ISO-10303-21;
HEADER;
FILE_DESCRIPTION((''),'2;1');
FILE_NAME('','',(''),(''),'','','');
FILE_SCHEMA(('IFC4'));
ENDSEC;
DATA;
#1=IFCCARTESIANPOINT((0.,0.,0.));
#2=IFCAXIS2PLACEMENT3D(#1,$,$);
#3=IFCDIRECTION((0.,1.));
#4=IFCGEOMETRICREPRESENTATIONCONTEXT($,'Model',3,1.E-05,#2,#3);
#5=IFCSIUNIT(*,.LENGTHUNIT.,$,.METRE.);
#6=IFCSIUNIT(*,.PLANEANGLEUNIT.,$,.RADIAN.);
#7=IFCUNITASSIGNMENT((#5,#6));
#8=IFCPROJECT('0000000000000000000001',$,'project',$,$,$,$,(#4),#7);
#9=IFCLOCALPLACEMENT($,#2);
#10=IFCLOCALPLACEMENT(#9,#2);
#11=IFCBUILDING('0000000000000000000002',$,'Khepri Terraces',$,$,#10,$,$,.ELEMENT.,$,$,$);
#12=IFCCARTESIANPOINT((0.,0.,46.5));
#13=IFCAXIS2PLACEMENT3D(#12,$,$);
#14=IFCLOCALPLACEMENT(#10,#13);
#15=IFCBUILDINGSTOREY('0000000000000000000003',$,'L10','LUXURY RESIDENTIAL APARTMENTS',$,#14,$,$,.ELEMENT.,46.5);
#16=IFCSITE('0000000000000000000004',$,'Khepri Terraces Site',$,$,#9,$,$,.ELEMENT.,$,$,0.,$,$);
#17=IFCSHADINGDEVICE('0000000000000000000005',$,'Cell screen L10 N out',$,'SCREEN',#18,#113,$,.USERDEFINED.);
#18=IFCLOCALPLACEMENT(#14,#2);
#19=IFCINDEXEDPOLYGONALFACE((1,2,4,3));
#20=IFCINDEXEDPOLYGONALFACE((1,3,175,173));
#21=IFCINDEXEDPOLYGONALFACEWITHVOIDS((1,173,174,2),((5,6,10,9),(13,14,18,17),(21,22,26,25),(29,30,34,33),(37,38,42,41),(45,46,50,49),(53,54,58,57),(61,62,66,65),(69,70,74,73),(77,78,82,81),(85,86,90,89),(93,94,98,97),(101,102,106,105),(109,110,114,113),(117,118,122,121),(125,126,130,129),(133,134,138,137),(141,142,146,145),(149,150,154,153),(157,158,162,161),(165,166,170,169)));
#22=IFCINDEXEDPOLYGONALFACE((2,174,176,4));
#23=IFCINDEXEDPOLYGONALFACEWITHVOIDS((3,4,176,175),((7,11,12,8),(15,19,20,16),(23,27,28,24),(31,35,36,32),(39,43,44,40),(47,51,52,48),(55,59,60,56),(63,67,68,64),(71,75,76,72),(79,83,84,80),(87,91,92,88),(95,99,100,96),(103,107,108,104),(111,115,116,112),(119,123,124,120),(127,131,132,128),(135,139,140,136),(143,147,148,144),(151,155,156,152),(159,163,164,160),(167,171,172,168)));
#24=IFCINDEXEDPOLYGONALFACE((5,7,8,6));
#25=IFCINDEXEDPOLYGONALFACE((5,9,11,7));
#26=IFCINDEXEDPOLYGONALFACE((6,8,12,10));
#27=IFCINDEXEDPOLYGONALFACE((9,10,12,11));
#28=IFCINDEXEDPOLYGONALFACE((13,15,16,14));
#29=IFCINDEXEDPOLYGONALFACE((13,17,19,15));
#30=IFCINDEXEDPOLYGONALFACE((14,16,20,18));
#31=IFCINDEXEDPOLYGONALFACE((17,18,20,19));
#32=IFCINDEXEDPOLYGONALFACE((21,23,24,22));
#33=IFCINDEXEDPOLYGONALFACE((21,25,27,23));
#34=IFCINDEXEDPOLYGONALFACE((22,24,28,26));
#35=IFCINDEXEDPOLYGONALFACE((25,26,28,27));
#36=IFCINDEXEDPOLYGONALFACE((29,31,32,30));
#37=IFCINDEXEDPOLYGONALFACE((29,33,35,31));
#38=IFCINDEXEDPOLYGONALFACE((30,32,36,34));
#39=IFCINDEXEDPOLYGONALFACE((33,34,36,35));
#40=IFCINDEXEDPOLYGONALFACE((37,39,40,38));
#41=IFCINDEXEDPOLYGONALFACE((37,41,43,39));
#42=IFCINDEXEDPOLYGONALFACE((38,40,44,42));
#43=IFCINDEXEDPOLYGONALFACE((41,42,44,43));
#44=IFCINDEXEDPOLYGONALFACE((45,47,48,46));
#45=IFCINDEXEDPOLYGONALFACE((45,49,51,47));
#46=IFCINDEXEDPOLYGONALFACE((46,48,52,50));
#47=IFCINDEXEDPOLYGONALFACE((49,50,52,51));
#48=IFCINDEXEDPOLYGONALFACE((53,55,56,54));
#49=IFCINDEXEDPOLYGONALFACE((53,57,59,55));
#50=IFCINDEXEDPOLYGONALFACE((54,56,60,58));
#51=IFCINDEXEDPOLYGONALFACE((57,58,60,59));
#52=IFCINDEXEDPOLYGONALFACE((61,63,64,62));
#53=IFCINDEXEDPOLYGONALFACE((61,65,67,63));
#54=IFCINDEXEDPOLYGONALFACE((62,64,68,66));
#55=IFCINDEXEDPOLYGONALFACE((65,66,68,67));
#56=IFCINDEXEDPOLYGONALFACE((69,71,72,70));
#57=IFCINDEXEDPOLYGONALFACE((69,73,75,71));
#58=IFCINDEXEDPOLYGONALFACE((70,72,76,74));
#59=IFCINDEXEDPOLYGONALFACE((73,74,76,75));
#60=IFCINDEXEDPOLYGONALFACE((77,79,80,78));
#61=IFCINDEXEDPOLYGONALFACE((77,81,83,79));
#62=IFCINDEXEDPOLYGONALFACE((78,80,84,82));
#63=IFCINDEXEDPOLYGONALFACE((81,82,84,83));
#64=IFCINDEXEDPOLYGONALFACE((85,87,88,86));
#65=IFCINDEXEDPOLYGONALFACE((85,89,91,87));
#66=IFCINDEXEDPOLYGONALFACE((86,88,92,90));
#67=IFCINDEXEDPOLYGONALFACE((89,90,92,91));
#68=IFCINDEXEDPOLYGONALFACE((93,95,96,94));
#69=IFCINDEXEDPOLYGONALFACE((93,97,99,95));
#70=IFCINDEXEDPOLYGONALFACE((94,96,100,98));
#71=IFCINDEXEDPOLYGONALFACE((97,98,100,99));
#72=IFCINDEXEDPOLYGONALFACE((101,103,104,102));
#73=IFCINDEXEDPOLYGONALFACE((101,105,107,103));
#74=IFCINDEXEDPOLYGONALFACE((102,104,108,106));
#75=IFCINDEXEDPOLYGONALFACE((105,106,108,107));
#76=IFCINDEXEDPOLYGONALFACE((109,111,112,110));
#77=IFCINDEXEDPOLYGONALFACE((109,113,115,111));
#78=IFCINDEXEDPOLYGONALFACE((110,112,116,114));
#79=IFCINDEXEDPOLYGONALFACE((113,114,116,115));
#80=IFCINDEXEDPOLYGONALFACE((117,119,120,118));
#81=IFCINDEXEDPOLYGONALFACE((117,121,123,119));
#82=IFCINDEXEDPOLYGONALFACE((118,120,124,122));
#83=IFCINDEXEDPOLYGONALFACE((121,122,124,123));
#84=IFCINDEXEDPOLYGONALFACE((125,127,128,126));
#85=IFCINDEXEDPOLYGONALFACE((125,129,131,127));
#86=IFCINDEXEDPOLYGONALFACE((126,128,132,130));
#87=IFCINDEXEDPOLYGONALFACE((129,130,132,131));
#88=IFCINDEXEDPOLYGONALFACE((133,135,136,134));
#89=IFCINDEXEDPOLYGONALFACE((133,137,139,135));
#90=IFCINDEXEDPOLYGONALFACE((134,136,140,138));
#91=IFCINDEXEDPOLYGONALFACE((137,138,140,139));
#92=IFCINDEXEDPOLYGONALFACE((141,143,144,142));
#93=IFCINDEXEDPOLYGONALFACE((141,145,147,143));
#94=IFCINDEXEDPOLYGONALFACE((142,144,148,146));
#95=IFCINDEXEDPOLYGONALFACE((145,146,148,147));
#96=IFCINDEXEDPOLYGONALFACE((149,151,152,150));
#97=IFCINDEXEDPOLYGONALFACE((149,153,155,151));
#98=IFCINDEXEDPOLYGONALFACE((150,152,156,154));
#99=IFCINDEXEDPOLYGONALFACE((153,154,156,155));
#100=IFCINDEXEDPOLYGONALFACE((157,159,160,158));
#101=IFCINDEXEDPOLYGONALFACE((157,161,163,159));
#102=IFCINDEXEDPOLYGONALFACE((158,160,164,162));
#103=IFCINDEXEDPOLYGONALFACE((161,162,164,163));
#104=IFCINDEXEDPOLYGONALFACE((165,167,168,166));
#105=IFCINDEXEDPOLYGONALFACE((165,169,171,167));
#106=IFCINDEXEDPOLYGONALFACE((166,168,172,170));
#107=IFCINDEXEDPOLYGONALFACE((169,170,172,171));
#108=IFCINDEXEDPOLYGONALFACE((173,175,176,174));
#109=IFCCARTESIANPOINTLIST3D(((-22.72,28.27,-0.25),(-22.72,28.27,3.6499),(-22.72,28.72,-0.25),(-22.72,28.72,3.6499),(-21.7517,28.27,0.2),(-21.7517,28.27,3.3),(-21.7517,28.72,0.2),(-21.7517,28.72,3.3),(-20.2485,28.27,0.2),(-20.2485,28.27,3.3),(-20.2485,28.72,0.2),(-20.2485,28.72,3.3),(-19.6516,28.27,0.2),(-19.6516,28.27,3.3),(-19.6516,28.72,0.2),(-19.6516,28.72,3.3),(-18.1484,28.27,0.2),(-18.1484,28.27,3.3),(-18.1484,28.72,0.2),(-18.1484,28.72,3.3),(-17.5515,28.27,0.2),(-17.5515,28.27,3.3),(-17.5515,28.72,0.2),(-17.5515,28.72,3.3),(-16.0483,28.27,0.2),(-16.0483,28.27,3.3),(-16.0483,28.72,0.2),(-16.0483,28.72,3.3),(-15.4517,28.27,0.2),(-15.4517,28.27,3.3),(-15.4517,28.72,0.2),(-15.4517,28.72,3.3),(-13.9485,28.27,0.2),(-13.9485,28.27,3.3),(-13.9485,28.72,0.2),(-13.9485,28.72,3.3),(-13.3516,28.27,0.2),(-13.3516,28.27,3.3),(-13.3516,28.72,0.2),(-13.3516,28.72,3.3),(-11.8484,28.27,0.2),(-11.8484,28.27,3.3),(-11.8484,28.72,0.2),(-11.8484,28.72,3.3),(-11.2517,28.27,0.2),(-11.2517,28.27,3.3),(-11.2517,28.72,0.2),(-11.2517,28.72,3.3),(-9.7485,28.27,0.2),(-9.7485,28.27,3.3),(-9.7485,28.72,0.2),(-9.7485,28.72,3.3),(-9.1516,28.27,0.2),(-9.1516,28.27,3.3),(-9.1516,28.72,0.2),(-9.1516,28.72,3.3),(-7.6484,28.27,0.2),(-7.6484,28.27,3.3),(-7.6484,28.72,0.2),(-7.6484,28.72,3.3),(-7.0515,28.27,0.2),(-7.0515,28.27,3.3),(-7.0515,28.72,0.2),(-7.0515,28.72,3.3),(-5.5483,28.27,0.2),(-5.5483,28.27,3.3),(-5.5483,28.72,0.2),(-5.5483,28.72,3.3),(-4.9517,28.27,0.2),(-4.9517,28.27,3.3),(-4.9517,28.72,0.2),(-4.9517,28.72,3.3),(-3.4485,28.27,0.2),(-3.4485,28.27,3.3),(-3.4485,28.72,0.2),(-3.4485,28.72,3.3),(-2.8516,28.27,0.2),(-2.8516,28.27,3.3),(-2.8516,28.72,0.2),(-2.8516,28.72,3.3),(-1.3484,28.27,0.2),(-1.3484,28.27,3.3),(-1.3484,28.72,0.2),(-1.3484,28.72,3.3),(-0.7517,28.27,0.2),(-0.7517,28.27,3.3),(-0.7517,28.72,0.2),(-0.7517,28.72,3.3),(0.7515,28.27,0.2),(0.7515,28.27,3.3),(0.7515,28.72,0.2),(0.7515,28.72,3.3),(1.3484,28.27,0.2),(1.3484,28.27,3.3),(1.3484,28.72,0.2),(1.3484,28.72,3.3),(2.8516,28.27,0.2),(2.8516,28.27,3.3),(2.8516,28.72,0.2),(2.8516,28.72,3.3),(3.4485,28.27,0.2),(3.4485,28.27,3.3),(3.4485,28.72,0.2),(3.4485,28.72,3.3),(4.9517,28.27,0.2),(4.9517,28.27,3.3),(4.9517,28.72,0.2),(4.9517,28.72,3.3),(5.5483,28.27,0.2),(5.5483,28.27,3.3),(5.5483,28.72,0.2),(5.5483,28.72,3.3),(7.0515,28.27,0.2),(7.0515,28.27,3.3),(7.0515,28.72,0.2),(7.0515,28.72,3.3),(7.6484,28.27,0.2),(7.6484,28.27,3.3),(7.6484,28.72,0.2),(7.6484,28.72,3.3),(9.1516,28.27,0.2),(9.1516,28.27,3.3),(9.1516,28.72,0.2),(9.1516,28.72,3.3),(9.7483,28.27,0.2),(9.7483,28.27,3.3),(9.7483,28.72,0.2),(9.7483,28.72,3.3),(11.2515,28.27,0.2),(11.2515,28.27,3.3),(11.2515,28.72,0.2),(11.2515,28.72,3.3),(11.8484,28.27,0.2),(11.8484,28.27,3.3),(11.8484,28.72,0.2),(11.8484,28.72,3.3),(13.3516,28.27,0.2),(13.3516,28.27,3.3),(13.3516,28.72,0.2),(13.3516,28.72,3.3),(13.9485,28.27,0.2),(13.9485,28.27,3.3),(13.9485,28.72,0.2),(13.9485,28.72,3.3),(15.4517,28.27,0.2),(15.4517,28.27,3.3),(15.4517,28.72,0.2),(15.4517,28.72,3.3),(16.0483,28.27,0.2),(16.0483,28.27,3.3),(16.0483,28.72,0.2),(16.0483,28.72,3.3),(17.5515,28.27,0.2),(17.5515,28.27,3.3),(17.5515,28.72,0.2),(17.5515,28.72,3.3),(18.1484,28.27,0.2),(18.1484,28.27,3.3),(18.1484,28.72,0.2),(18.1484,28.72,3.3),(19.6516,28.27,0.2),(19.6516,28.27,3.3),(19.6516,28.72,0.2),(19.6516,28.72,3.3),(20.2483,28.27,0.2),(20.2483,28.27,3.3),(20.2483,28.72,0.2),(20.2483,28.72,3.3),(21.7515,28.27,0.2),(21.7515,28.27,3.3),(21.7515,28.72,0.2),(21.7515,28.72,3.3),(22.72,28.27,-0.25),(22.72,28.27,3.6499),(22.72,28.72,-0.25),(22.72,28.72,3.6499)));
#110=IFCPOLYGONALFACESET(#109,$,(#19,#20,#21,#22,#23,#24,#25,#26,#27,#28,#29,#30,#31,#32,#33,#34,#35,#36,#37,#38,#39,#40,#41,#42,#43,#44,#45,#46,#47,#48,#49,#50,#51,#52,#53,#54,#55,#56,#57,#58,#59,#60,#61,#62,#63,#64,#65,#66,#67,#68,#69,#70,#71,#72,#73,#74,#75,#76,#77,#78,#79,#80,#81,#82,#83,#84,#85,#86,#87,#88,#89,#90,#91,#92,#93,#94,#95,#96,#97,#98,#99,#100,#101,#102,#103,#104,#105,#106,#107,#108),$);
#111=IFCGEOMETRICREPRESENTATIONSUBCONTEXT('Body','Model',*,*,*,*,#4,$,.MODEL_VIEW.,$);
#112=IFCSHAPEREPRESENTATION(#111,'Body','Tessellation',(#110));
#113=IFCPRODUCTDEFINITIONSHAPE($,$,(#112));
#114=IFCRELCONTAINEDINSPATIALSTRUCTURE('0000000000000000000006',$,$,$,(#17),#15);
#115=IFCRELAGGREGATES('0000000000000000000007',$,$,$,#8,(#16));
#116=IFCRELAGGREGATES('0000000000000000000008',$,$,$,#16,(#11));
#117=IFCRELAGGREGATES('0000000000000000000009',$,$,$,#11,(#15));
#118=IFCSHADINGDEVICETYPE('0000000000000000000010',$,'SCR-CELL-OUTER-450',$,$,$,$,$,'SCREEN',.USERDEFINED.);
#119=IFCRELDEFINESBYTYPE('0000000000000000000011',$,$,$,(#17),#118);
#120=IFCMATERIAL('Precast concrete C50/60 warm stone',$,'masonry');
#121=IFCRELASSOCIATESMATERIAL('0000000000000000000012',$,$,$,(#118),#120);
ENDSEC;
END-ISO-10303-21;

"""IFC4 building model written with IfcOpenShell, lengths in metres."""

from ifc_helpers import new_model, si_unit, direction, frame, origin, place, context, subcontext, project, spatial, polyline, outline, extrude, material, type_object, element, save


model = new_model("IFC4")

# Units and contexts
model_context = context("Model", 3, precision=1e-05, world=origin(), true_north=direction((0.0, 1.0)))
body_context = subcontext(model_context, "Body", "Model", "MODEL_VIEW")
ifc_project = project(units=[si_unit("LENGTHUNIT", "METRE"), si_unit("PLANEANGLEUNIT", "RADIAN")], contexts=[model_context])

# Site, building, storey
site_placement = place(None, origin())
site = spatial("IfcSite", under=ifc_project, at=site_placement, Name="Khepri Terraces Site", CompositionType="ELEMENT", RefElevation=0.0)
building_placement = place(site_placement, origin())
building = spatial("IfcBuilding", under=site, at=building_placement, Name="Khepri Terraces", CompositionType="ELEMENT")
storey_placement = place(building_placement, frame((0.0, 0.0, 46.5)))
storey = spatial("IfcBuildingStorey", under=building, at=storey_placement, Name="L10", Description="LUXURY RESIDENTIAL APARTMENTS", CompositionType="ELEMENT", Elevation=46.5)

# Shared definitions
ifc_material_1 = material(Name="Precast concrete C50/60 warm stone", Category="masonry")

# Shading device
shading_device_type_1 = type_object("IfcShadingDeviceType", Name="SCR-CELL-OUTER-450", ElementType="SCREEN", PredefinedType="USERDEFINED", material=ifc_material_1)
shading_device_1_placement = place(storey_placement, frame((22.72, 28.27, -0.25), z_axis=(0.0, 1.0, 0.0), x_axis=(-1.0, 0.0, 0.0)))
element("IfcShadingDevice", 1, at=shading_device_1_placement, inside=storey, type_object=shading_device_type_1, Name="Cell screen L10 N out", ObjectType="SCREEN", PredefinedType="USERDEFINED", context=body_context, shape_type="SweptSolid", body=[
    extrude(outline(polyline([(0.0, 0.0), (45.4399, 0.0), (45.4399, 3.8999), (0.0, 3.8999), (0.0, 0.0)]), holes=[polyline([(0.9685, 0.45), (2.4717, 0.45), (2.4717, 3.55), (0.9685, 3.55), (0.9685, 0.45)]), polyline([(3.0684, 0.45), (4.5715, 0.45), (4.5715, 3.55), (3.0684, 3.55), (3.0684, 0.45)]), polyline([(5.1685, 0.45), (6.6716, 0.45), (6.6716, 3.55), (5.1685, 3.55), (5.1685, 0.45)]), polyline([(7.2683, 0.45), (8.7715, 0.45), (8.7715, 3.55), (7.2683, 3.55), (7.2683, 0.45)]), polyline([(9.3684, 0.45), (10.8716, 0.45), (10.8716, 3.55), (9.3684, 3.55), (9.3684, 0.45)]), polyline([(11.4685, 0.45), (12.9717, 0.45), (12.9717, 3.55), (11.4685, 3.55), (11.4685, 0.45)]), polyline([(13.5684, 0.45), (15.0715, 0.45), (15.0715, 3.55), (13.5684, 3.55), (13.5684, 0.45)]), polyline([(15.6685, 0.45), (17.1716, 0.45), (17.1716, 3.55), (15.6685, 3.55), (15.6685, 0.45)]), polyline([(17.7683, 0.45), (19.2715, 0.45), (19.2715, 3.55), (17.7683, 3.55), (17.7683, 0.45)]), polyline([(19.8684, 0.45), (21.3716, 0.45), (21.3716, 3.55), (19.8684, 3.55), (19.8684, 0.45)]), polyline([(21.9685, 0.45), (23.4717, 0.45), (23.4717, 3.55), (21.9685, 3.55), (21.9685, 0.45)]), polyline([(24.0684, 0.45), (25.5715, 0.45), (25.5715, 3.55), (24.0684, 3.55), (24.0684, 0.45)]), polyline([(26.1685, 0.45), (27.6716, 0.45), (27.6716, 3.55), (26.1685, 3.55), (26.1685, 0.45)]), polyline([(28.2683, 0.45), (29.7715, 0.45), (29.7715, 3.55), (28.2683, 3.55), (28.2683, 0.45)]), polyline([(30.3684, 0.45), (31.8716, 0.45), (31.8716, 3.55), (30.3684, 3.55), (30.3684, 0.45)]), polyline([(32.4685, 0.45), (33.9717, 0.45), (33.9717, 3.55), (32.4685, 3.55), (32.4685, 0.45)]), polyline([(34.5684, 0.45), (36.0715, 0.45), (36.0715, 3.55), (34.5684, 3.55), (34.5684, 0.45)]), polyline([(36.6685, 0.45), (38.1716, 0.45), (38.1716, 3.55), (36.6685, 3.55), (36.6685, 0.45)]), polyline([(38.7683, 0.45), (40.2715, 0.45), (40.2715, 3.55), (38.7683, 3.55), (38.7683, 0.45)]), polyline([(40.8684, 0.45), (42.3716, 0.45), (42.3716, 3.55), (40.8684, 3.55), (40.8684, 0.45)]), polyline([(42.9685, 0.45), (44.4717, 0.45), (44.4717, 3.55), (42.9685, 3.55), (42.9685, 0.45)])]), origin(), (0.0, 0.0, 1.0), 0.45),
])

save(model, "model.ifc")
